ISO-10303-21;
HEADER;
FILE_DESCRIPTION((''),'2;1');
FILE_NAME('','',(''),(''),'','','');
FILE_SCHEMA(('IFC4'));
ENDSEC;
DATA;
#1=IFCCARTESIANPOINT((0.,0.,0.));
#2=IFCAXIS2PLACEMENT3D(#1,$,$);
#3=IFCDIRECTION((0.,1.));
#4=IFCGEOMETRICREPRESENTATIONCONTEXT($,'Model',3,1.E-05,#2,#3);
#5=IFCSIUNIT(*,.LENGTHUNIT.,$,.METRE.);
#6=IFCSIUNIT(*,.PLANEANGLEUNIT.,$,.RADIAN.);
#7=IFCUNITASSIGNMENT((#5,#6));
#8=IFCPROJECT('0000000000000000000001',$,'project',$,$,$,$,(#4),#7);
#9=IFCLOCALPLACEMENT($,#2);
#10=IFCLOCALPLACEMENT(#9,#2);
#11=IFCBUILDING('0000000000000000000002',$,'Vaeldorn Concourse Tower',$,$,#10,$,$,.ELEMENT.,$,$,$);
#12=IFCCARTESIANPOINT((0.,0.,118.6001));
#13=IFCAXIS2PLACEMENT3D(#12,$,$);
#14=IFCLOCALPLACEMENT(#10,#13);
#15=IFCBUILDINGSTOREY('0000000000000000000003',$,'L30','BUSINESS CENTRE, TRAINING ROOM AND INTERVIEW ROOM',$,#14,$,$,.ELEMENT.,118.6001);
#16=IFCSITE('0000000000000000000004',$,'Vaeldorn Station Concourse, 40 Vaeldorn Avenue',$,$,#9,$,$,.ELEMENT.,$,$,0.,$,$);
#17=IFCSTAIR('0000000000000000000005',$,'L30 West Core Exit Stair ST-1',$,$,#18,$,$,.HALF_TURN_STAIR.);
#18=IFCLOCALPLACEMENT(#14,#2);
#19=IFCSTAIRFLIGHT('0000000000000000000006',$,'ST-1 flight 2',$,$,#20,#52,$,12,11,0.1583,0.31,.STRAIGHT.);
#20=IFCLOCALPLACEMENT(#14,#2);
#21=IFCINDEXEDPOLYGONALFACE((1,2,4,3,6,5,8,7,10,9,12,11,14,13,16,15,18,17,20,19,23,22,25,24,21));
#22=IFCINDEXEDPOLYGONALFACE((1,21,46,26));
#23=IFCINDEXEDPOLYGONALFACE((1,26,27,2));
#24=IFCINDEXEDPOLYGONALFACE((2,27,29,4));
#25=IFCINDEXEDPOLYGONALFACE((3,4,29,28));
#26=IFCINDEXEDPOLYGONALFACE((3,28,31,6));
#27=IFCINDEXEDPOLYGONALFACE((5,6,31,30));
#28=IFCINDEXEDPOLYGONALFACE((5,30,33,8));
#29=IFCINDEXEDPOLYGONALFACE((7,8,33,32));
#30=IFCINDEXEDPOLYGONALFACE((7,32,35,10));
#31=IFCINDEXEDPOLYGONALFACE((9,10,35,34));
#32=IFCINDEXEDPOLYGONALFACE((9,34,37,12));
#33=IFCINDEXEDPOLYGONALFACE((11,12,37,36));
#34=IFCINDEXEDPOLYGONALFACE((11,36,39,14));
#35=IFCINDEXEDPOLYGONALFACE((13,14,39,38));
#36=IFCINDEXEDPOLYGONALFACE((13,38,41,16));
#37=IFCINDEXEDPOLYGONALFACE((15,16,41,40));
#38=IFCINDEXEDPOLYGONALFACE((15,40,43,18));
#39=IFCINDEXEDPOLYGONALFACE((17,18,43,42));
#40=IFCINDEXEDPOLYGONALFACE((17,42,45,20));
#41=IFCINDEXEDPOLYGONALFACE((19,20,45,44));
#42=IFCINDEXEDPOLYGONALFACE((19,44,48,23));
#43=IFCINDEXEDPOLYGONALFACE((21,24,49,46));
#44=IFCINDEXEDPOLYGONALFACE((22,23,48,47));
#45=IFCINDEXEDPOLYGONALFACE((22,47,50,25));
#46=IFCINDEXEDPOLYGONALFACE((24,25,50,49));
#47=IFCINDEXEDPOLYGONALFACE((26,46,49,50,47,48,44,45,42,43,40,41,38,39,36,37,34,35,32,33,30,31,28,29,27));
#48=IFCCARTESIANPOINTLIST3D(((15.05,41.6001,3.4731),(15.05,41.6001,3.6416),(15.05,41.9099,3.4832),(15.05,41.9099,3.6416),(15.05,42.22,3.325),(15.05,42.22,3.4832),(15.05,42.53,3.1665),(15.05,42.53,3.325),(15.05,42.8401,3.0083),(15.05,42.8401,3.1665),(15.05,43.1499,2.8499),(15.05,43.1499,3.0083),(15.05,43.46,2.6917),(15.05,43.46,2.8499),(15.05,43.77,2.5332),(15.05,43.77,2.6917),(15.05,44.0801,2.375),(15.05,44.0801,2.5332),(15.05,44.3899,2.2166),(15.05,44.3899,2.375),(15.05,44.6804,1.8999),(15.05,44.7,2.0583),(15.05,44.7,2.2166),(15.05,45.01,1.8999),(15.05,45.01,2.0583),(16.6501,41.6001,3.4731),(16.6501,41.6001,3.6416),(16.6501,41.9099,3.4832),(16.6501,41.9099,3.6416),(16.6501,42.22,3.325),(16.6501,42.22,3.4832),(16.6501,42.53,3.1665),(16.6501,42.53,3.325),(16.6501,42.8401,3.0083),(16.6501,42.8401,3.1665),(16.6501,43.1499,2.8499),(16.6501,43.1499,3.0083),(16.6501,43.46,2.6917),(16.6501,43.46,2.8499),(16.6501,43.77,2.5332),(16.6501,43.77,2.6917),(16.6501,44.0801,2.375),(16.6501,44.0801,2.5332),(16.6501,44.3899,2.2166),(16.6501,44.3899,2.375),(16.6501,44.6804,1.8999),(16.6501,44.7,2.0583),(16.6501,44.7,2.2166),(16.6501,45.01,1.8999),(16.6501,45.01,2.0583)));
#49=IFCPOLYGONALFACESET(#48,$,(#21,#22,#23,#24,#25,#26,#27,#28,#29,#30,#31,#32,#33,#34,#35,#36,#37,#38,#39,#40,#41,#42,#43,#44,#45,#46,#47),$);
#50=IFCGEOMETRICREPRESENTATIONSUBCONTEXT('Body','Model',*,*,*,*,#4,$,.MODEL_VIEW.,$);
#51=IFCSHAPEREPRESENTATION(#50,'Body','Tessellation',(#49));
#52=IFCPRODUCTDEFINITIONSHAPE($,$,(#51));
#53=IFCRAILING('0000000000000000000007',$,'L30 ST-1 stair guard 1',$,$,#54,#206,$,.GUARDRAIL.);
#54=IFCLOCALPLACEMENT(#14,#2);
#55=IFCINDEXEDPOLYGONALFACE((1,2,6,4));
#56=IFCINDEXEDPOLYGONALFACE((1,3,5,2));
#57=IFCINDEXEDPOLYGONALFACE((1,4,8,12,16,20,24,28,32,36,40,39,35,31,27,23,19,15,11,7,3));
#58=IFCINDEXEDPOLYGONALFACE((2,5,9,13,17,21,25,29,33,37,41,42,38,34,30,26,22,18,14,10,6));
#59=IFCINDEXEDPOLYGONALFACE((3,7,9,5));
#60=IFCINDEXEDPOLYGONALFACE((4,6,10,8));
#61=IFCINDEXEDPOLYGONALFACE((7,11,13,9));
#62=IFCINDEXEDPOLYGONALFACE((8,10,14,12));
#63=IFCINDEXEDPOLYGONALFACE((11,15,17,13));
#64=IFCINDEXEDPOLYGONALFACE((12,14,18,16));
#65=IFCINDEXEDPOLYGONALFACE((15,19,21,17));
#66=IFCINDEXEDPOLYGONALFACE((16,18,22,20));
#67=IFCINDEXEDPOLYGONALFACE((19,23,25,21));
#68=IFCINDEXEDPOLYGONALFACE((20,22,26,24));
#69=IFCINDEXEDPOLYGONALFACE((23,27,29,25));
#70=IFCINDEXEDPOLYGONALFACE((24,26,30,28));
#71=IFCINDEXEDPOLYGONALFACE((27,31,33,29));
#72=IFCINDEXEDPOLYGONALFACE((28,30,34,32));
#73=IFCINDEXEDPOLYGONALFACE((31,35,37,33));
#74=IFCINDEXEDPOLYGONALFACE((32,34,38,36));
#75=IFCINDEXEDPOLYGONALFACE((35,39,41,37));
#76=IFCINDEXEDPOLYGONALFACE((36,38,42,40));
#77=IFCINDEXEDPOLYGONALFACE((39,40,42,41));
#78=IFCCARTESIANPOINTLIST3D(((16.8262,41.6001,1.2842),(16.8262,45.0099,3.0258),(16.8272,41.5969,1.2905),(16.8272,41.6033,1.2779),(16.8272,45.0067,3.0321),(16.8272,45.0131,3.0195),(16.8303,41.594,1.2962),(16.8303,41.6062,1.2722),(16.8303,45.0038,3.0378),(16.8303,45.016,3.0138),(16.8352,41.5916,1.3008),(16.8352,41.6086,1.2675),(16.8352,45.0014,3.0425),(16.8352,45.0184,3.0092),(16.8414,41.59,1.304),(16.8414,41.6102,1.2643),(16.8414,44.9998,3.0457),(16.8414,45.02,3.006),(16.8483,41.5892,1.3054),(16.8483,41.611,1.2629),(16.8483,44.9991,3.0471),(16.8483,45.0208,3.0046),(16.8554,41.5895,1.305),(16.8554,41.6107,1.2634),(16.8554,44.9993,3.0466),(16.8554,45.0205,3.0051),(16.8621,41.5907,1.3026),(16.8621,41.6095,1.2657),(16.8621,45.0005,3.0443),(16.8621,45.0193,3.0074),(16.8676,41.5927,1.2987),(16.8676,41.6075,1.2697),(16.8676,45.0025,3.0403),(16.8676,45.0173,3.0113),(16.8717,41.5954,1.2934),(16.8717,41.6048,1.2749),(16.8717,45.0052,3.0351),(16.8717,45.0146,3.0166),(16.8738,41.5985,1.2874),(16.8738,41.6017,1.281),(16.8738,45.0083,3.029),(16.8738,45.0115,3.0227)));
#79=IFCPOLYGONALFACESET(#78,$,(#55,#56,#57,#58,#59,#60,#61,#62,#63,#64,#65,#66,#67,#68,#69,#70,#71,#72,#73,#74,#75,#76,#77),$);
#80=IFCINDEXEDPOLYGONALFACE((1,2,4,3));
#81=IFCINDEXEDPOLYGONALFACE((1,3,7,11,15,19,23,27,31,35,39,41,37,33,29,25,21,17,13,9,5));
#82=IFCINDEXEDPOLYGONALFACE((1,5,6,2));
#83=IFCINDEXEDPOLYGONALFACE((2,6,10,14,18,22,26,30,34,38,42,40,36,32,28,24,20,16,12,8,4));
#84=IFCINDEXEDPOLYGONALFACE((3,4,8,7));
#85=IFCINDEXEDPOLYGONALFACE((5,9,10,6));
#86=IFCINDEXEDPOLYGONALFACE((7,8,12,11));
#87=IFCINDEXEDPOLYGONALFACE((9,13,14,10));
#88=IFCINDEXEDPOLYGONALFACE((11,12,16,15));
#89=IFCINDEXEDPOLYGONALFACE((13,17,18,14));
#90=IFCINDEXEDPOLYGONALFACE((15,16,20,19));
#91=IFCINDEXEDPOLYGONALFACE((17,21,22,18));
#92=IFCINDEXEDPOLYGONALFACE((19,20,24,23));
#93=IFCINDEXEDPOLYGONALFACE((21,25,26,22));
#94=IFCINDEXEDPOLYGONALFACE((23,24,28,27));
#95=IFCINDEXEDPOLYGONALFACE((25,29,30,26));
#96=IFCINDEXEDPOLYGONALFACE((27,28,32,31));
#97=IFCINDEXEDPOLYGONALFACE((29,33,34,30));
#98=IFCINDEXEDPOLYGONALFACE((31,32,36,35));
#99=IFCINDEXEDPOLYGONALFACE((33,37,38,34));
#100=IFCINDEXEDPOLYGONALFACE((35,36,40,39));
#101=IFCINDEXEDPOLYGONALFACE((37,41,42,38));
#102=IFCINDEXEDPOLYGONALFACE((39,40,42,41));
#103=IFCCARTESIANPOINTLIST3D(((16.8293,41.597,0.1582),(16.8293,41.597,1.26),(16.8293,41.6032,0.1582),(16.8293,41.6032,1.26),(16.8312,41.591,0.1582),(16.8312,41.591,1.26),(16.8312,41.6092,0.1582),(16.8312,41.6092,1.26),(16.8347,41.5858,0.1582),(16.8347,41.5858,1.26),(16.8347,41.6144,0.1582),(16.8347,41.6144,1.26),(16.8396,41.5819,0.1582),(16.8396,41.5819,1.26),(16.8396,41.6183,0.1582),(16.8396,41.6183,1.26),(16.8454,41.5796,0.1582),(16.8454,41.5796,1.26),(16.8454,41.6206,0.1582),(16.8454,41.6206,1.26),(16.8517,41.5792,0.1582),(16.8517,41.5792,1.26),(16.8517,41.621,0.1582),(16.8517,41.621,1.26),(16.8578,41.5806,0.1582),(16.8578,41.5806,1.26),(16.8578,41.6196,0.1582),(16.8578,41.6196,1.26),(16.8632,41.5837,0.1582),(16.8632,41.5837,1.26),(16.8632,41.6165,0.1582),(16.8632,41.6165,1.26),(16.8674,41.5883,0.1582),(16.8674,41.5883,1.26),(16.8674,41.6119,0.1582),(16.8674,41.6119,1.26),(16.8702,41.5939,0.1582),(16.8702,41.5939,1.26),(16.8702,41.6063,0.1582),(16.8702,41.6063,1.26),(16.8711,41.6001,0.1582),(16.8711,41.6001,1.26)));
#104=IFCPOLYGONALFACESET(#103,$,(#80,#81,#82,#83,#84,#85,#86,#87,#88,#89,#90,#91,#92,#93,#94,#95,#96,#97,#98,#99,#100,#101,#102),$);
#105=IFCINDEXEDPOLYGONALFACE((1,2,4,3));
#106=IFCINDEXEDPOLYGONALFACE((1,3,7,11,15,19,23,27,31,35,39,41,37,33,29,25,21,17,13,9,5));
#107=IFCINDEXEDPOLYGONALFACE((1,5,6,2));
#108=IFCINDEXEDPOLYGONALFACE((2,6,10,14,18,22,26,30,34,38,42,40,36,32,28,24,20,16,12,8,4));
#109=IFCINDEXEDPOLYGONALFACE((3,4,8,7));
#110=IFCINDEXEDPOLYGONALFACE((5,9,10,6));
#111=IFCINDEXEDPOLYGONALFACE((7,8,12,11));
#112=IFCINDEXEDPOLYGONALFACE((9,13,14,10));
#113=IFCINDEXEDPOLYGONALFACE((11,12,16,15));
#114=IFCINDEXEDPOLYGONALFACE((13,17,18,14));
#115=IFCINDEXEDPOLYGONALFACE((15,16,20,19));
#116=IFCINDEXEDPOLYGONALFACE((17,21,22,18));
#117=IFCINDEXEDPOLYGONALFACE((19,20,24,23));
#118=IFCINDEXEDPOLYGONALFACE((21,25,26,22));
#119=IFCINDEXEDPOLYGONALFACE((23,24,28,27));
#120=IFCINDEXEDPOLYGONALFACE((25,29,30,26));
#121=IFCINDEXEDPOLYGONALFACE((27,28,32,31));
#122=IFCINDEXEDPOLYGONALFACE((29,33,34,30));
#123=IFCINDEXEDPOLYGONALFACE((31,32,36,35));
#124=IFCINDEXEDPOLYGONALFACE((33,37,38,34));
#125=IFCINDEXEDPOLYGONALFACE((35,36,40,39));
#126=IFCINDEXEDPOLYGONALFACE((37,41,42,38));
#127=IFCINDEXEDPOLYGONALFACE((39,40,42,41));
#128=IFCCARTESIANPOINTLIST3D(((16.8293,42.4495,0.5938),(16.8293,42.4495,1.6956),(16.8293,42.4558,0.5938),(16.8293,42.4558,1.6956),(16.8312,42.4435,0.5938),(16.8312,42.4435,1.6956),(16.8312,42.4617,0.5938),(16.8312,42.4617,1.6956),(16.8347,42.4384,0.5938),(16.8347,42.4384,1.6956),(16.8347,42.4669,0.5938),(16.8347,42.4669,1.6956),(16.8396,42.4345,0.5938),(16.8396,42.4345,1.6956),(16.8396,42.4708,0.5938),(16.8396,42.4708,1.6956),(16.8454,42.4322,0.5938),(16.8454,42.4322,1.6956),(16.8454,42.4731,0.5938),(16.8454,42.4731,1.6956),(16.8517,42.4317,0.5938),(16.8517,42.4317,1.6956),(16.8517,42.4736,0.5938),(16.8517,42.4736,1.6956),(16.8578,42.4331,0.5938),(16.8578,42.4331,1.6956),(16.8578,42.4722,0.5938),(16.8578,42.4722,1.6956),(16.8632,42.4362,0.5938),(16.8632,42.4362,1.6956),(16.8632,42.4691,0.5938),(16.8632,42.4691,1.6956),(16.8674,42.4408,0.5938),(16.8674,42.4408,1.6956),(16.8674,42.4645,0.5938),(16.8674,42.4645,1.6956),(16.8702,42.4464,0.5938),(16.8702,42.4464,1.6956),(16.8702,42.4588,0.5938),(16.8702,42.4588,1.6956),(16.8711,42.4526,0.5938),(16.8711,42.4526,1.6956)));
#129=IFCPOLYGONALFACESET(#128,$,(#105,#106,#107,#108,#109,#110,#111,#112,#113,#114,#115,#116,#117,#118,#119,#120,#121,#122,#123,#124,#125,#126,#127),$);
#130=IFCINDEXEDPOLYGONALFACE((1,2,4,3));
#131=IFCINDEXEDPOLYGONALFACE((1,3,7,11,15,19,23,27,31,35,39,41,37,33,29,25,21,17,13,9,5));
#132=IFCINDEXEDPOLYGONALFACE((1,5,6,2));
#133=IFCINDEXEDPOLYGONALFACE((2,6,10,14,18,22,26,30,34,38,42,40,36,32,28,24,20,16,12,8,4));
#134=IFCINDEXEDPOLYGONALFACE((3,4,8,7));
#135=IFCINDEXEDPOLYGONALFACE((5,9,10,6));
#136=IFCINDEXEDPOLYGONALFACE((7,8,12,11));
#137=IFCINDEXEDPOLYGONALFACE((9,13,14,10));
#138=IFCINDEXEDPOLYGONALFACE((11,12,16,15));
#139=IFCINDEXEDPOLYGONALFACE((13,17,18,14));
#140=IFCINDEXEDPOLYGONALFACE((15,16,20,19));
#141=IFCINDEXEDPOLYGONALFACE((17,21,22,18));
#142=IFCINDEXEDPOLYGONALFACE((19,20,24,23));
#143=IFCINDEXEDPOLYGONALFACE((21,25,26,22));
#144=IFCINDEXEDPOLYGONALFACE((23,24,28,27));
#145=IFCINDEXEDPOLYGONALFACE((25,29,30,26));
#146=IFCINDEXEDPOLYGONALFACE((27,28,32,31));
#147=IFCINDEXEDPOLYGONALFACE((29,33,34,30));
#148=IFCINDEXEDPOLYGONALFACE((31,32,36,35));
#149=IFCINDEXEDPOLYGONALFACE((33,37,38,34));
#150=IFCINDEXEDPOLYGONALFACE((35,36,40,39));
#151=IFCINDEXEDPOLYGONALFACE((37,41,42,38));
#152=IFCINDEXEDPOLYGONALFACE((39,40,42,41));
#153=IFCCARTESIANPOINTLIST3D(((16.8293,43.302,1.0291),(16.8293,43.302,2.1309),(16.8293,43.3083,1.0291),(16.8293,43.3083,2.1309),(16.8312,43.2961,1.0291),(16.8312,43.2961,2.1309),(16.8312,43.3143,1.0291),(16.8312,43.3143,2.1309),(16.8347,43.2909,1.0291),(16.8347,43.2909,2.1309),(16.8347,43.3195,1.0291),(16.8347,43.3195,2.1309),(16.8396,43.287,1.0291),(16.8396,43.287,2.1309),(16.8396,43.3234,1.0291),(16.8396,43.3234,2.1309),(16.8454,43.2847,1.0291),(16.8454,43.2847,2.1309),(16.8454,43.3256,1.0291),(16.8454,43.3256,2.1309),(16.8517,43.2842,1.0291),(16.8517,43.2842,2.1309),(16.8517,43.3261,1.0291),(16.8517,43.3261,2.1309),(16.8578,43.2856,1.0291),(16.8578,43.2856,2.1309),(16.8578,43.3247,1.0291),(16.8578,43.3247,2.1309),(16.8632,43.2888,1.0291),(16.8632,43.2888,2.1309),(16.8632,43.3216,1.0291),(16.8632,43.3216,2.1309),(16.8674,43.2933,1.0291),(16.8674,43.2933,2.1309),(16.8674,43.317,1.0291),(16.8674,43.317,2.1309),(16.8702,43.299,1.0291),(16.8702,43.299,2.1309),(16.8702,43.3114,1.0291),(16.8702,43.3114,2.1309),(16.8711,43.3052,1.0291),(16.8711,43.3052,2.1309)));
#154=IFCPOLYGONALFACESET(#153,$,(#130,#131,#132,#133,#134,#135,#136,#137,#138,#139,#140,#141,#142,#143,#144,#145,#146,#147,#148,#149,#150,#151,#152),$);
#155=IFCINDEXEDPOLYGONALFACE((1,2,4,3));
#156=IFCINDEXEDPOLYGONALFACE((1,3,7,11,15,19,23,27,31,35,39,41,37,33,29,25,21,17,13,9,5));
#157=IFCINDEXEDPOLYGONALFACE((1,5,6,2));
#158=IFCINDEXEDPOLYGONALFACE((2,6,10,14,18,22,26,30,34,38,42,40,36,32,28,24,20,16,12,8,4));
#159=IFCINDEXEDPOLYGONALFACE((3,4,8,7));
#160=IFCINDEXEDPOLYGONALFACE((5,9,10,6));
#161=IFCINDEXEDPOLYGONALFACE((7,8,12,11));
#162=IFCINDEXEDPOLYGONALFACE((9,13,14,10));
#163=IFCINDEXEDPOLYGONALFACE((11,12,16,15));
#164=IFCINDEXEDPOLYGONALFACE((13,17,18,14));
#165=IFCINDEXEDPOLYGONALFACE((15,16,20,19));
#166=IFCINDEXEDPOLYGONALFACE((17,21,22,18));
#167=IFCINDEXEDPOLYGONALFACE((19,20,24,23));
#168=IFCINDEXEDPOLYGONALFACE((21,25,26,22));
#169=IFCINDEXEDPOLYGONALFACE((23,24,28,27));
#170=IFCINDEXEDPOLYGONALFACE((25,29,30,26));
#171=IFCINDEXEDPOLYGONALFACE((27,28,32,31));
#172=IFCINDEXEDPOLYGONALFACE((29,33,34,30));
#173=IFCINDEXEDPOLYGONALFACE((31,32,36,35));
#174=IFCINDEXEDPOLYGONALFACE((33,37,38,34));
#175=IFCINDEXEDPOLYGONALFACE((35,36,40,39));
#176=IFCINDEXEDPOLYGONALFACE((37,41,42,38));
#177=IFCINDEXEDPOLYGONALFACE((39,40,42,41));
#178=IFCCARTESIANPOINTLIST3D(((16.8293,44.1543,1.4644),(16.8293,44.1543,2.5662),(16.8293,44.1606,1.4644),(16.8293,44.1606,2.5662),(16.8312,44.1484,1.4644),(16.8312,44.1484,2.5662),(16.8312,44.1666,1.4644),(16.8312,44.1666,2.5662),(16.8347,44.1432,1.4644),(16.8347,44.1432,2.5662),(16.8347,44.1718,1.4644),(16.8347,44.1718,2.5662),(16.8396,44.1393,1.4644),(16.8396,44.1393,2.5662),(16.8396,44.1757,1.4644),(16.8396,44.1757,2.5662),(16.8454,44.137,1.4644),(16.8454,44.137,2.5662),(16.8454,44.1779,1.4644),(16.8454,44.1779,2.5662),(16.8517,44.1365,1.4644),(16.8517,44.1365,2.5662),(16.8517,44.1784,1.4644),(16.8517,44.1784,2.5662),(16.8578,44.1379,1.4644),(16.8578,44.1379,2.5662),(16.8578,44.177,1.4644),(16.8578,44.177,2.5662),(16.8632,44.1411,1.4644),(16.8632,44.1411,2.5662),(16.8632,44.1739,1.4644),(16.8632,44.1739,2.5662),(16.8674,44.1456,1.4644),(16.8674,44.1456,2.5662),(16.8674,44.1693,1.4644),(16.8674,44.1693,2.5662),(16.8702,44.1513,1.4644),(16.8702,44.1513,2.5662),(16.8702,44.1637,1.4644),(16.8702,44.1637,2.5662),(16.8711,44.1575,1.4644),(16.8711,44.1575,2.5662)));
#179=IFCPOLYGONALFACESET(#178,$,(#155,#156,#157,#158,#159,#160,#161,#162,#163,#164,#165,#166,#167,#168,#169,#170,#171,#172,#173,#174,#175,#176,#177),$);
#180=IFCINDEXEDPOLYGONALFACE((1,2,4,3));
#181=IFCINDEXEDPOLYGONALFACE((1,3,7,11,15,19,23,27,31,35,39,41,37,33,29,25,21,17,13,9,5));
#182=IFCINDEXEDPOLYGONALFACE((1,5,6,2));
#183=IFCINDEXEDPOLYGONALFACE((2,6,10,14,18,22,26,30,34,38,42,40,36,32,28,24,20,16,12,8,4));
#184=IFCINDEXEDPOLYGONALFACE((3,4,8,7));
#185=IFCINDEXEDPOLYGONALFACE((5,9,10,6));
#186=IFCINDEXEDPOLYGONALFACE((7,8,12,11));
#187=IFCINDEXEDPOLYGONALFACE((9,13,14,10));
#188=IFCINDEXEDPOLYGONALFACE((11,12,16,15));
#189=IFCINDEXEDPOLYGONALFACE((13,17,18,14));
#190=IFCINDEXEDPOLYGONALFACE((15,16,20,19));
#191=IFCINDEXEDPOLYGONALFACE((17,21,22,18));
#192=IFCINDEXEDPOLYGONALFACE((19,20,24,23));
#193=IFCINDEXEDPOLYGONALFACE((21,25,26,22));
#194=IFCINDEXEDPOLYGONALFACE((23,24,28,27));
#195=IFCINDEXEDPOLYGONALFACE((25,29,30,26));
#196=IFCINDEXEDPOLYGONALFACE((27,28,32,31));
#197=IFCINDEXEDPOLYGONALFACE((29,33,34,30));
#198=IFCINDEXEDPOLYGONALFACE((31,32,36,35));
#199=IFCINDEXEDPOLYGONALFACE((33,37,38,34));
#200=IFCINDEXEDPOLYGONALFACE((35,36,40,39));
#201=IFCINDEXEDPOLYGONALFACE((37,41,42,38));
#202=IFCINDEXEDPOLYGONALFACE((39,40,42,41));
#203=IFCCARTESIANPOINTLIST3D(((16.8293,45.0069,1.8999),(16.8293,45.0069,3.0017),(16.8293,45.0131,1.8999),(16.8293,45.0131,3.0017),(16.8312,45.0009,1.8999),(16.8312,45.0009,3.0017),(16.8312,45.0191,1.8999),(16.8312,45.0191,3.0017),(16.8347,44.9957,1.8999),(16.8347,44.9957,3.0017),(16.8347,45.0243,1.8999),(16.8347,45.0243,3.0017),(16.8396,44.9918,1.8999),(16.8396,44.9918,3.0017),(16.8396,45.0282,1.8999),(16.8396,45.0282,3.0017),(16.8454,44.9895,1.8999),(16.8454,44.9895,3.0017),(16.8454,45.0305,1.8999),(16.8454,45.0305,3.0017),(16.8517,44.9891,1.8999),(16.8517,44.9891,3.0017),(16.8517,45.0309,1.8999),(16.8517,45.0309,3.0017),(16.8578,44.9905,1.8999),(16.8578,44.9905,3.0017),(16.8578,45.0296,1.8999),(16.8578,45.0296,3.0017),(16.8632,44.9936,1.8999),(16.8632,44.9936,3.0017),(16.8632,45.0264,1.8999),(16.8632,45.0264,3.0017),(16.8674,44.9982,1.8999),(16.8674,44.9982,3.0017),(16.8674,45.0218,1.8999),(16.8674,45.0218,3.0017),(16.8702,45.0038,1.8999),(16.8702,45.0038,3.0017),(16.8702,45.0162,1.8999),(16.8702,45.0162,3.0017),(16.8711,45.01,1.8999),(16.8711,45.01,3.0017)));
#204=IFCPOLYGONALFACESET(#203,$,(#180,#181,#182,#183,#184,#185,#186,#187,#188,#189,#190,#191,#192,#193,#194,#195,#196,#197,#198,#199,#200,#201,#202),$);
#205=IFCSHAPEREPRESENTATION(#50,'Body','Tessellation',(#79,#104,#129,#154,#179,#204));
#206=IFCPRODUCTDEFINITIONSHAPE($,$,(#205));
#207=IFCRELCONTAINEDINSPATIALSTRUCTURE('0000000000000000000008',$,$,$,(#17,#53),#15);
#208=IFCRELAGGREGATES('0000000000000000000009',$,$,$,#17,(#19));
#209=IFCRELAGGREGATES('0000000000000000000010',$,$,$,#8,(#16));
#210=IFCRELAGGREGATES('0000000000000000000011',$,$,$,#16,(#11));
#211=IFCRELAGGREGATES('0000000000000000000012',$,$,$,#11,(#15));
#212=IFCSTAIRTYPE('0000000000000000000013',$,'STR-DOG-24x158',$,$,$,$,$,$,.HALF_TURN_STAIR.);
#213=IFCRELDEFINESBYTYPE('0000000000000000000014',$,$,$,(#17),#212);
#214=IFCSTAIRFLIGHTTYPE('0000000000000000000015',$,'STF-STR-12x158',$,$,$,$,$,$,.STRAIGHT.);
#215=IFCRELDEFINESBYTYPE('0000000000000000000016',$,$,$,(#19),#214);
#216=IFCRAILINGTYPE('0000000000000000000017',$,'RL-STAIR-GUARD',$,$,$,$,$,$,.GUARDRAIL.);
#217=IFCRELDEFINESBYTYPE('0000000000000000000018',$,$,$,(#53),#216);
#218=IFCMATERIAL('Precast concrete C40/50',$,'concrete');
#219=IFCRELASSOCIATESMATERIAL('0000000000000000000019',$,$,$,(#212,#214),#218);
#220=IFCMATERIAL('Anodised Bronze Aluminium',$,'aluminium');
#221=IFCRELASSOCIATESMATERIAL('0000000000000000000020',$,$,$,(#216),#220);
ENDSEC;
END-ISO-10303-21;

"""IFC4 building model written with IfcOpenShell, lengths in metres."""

from ifc_helpers import new_model, si_unit, direction, frame, origin, origin_2d, place, context, subcontext, project, spatial, polyline, circle, outline, extrude, material, type_object, element, aggregate, save


model = new_model("IFC4")

# Units and contexts
model_context = context("Model", 3, precision=1e-05, world=origin(), true_north=direction((0.0, 1.0)))
body_context = subcontext(model_context, "Body", "Model", "MODEL_VIEW")
ifc_project = project(units=[si_unit("LENGTHUNIT", "METRE"), si_unit("PLANEANGLEUNIT", "RADIAN")], contexts=[model_context])

# Site, building, storey
site_placement = place(None, origin())
site = spatial("IfcSite", under=ifc_project, at=site_placement, Name="Vaeldorn Station Concourse, 40 Vaeldorn Avenue", CompositionType="ELEMENT", RefElevation=0.0)
building_placement = place(site_placement, origin())
building = spatial("IfcBuilding", under=site, at=building_placement, Name="Vaeldorn Concourse Tower", CompositionType="ELEMENT")
storey_placement = place(building_placement, frame((0.0, 0.0, 118.6001)))
storey = spatial("IfcBuildingStorey", under=building, at=storey_placement, Name="L30", Description="BUSINESS CENTRE, TRAINING ROOM AND INTERVIEW ROOM", CompositionType="ELEMENT", Elevation=118.6001)

# Shared definitions
ifc_material_1 = material(Name="Anodised Bronze Aluminium", Category="aluminium")

# Stair, stair flight
ifc_material_2 = material(Name="Precast concrete C40/50", Category="concrete")
stair_type = type_object("IfcStairType", Name="STR-DOG-24x158", PredefinedType="HALF_TURN_STAIR", material=ifc_material_2)
stair_placement = place(storey_placement, origin())
stair = element("IfcStair", 1, at=stair_placement, inside=storey, type_object=stair_type, Name="L30 West Core Exit Stair ST-1", PredefinedType="HALF_TURN_STAIR")
stair_flight_type = type_object("IfcStairFlightType", Name="STF-STR-12x158", PredefinedType="STRAIGHT", material=ifc_material_2)
stair_flight_1_placement = place(storey_placement, frame((15.8501, 45.01, 1.8999), z_axis=(0.0, 0.0, 1.0), x_axis=(0.0, -1.0, 0.0)))
stair_flight_1 = element("IfcStairFlight", 2, at=stair_flight_1_placement, type_object=stair_flight_type, Name="ST-1 flight 2", NumberOfRisers=12, NumberOfTreads=11, PredefinedType="STRAIGHT", RiserHeight=0.1583, TreadLength=0.31, context=body_context, shape_type="SweptSolid", body=[
    extrude(outline(polyline([(0.0, 0.0), (0.0, 0.1584), (0.3101, 0.1584), (0.3101, 0.3167), (0.6201, 0.3167), (0.6201, 0.4751), (0.9299, 0.4751), (0.9299, 0.6333), (1.24, 0.6333), (1.24, 0.7917), (1.55, 0.7917), (1.55, 0.95), (1.8601, 0.95), (1.8601, 1.1084), (2.1699, 1.1084), (2.1699, 1.2666), (2.48, 1.2666), (2.48, 1.425), (2.79, 1.425), (2.79, 1.5833), (3.1001, 1.5833), (3.1001, 1.7417), (3.4099, 1.7417), (3.4099, 1.8999), (3.4099, 1.5732), (0.3296, 0.0), (0.0, 0.0)])), frame((0.0, 0.8, 0.0), z_axis=(0.0, -1.0, 0.0), x_axis=(1.0, 0.0, 0.0)), (0.0, 0.0, 1.0), 1.6001),
])
aggregate(stair, [stair_flight_1])

# Railing
railing_type_1 = type_object("IfcRailingType", Name="RL-STAIR-GUARD", PredefinedType="GUARDRAIL", material=ifc_material_1)
railing_1_placement = place(storey_placement, frame((16.8501, 41.6001, 0.1582)))
element("IfcRailing", 3, at=railing_1_placement, inside=storey, type_object=railing_type_1, Name="L30 ST-1 stair guard 1", PredefinedType="GUARDRAIL", context=body_context, shape_type="SweptSolid", body=[
    extrude(circle(Radius=0.0239, at=origin_2d()), frame((0.0, 0.0, 1.126), z_axis=(0.0, 0.890556, 0.454874), x_axis=(-1.0, 0.0, 0.0)), (0.0, 0.0, 1.0), 3.8289),
    extrude(circle(Radius=0.021, at=origin_2d()), origin(), (0.0, 0.0, 1.0), 1.1018),
    extrude(circle(Radius=0.021, at=origin_2d()), frame((0.0, 0.8525, 0.4355)), (0.0, 0.0, 1.0), 1.1018),
    extrude(circle(Radius=0.021, at=origin_2d()), frame((0.0, 1.7051, 0.8708)), (0.0, 0.0, 1.0), 1.1018),
    extrude(circle(Radius=0.021, at=origin_2d()), frame((0.0, 2.5574, 1.3062)), (0.0, 0.0, 1.0), 1.1018),
    extrude(circle(Radius=0.021, at=origin_2d()), frame((0.0, 3.4099, 1.7417)), (0.0, 0.0, 1.0), 1.1018),
])

save(model, "model.ifc")
